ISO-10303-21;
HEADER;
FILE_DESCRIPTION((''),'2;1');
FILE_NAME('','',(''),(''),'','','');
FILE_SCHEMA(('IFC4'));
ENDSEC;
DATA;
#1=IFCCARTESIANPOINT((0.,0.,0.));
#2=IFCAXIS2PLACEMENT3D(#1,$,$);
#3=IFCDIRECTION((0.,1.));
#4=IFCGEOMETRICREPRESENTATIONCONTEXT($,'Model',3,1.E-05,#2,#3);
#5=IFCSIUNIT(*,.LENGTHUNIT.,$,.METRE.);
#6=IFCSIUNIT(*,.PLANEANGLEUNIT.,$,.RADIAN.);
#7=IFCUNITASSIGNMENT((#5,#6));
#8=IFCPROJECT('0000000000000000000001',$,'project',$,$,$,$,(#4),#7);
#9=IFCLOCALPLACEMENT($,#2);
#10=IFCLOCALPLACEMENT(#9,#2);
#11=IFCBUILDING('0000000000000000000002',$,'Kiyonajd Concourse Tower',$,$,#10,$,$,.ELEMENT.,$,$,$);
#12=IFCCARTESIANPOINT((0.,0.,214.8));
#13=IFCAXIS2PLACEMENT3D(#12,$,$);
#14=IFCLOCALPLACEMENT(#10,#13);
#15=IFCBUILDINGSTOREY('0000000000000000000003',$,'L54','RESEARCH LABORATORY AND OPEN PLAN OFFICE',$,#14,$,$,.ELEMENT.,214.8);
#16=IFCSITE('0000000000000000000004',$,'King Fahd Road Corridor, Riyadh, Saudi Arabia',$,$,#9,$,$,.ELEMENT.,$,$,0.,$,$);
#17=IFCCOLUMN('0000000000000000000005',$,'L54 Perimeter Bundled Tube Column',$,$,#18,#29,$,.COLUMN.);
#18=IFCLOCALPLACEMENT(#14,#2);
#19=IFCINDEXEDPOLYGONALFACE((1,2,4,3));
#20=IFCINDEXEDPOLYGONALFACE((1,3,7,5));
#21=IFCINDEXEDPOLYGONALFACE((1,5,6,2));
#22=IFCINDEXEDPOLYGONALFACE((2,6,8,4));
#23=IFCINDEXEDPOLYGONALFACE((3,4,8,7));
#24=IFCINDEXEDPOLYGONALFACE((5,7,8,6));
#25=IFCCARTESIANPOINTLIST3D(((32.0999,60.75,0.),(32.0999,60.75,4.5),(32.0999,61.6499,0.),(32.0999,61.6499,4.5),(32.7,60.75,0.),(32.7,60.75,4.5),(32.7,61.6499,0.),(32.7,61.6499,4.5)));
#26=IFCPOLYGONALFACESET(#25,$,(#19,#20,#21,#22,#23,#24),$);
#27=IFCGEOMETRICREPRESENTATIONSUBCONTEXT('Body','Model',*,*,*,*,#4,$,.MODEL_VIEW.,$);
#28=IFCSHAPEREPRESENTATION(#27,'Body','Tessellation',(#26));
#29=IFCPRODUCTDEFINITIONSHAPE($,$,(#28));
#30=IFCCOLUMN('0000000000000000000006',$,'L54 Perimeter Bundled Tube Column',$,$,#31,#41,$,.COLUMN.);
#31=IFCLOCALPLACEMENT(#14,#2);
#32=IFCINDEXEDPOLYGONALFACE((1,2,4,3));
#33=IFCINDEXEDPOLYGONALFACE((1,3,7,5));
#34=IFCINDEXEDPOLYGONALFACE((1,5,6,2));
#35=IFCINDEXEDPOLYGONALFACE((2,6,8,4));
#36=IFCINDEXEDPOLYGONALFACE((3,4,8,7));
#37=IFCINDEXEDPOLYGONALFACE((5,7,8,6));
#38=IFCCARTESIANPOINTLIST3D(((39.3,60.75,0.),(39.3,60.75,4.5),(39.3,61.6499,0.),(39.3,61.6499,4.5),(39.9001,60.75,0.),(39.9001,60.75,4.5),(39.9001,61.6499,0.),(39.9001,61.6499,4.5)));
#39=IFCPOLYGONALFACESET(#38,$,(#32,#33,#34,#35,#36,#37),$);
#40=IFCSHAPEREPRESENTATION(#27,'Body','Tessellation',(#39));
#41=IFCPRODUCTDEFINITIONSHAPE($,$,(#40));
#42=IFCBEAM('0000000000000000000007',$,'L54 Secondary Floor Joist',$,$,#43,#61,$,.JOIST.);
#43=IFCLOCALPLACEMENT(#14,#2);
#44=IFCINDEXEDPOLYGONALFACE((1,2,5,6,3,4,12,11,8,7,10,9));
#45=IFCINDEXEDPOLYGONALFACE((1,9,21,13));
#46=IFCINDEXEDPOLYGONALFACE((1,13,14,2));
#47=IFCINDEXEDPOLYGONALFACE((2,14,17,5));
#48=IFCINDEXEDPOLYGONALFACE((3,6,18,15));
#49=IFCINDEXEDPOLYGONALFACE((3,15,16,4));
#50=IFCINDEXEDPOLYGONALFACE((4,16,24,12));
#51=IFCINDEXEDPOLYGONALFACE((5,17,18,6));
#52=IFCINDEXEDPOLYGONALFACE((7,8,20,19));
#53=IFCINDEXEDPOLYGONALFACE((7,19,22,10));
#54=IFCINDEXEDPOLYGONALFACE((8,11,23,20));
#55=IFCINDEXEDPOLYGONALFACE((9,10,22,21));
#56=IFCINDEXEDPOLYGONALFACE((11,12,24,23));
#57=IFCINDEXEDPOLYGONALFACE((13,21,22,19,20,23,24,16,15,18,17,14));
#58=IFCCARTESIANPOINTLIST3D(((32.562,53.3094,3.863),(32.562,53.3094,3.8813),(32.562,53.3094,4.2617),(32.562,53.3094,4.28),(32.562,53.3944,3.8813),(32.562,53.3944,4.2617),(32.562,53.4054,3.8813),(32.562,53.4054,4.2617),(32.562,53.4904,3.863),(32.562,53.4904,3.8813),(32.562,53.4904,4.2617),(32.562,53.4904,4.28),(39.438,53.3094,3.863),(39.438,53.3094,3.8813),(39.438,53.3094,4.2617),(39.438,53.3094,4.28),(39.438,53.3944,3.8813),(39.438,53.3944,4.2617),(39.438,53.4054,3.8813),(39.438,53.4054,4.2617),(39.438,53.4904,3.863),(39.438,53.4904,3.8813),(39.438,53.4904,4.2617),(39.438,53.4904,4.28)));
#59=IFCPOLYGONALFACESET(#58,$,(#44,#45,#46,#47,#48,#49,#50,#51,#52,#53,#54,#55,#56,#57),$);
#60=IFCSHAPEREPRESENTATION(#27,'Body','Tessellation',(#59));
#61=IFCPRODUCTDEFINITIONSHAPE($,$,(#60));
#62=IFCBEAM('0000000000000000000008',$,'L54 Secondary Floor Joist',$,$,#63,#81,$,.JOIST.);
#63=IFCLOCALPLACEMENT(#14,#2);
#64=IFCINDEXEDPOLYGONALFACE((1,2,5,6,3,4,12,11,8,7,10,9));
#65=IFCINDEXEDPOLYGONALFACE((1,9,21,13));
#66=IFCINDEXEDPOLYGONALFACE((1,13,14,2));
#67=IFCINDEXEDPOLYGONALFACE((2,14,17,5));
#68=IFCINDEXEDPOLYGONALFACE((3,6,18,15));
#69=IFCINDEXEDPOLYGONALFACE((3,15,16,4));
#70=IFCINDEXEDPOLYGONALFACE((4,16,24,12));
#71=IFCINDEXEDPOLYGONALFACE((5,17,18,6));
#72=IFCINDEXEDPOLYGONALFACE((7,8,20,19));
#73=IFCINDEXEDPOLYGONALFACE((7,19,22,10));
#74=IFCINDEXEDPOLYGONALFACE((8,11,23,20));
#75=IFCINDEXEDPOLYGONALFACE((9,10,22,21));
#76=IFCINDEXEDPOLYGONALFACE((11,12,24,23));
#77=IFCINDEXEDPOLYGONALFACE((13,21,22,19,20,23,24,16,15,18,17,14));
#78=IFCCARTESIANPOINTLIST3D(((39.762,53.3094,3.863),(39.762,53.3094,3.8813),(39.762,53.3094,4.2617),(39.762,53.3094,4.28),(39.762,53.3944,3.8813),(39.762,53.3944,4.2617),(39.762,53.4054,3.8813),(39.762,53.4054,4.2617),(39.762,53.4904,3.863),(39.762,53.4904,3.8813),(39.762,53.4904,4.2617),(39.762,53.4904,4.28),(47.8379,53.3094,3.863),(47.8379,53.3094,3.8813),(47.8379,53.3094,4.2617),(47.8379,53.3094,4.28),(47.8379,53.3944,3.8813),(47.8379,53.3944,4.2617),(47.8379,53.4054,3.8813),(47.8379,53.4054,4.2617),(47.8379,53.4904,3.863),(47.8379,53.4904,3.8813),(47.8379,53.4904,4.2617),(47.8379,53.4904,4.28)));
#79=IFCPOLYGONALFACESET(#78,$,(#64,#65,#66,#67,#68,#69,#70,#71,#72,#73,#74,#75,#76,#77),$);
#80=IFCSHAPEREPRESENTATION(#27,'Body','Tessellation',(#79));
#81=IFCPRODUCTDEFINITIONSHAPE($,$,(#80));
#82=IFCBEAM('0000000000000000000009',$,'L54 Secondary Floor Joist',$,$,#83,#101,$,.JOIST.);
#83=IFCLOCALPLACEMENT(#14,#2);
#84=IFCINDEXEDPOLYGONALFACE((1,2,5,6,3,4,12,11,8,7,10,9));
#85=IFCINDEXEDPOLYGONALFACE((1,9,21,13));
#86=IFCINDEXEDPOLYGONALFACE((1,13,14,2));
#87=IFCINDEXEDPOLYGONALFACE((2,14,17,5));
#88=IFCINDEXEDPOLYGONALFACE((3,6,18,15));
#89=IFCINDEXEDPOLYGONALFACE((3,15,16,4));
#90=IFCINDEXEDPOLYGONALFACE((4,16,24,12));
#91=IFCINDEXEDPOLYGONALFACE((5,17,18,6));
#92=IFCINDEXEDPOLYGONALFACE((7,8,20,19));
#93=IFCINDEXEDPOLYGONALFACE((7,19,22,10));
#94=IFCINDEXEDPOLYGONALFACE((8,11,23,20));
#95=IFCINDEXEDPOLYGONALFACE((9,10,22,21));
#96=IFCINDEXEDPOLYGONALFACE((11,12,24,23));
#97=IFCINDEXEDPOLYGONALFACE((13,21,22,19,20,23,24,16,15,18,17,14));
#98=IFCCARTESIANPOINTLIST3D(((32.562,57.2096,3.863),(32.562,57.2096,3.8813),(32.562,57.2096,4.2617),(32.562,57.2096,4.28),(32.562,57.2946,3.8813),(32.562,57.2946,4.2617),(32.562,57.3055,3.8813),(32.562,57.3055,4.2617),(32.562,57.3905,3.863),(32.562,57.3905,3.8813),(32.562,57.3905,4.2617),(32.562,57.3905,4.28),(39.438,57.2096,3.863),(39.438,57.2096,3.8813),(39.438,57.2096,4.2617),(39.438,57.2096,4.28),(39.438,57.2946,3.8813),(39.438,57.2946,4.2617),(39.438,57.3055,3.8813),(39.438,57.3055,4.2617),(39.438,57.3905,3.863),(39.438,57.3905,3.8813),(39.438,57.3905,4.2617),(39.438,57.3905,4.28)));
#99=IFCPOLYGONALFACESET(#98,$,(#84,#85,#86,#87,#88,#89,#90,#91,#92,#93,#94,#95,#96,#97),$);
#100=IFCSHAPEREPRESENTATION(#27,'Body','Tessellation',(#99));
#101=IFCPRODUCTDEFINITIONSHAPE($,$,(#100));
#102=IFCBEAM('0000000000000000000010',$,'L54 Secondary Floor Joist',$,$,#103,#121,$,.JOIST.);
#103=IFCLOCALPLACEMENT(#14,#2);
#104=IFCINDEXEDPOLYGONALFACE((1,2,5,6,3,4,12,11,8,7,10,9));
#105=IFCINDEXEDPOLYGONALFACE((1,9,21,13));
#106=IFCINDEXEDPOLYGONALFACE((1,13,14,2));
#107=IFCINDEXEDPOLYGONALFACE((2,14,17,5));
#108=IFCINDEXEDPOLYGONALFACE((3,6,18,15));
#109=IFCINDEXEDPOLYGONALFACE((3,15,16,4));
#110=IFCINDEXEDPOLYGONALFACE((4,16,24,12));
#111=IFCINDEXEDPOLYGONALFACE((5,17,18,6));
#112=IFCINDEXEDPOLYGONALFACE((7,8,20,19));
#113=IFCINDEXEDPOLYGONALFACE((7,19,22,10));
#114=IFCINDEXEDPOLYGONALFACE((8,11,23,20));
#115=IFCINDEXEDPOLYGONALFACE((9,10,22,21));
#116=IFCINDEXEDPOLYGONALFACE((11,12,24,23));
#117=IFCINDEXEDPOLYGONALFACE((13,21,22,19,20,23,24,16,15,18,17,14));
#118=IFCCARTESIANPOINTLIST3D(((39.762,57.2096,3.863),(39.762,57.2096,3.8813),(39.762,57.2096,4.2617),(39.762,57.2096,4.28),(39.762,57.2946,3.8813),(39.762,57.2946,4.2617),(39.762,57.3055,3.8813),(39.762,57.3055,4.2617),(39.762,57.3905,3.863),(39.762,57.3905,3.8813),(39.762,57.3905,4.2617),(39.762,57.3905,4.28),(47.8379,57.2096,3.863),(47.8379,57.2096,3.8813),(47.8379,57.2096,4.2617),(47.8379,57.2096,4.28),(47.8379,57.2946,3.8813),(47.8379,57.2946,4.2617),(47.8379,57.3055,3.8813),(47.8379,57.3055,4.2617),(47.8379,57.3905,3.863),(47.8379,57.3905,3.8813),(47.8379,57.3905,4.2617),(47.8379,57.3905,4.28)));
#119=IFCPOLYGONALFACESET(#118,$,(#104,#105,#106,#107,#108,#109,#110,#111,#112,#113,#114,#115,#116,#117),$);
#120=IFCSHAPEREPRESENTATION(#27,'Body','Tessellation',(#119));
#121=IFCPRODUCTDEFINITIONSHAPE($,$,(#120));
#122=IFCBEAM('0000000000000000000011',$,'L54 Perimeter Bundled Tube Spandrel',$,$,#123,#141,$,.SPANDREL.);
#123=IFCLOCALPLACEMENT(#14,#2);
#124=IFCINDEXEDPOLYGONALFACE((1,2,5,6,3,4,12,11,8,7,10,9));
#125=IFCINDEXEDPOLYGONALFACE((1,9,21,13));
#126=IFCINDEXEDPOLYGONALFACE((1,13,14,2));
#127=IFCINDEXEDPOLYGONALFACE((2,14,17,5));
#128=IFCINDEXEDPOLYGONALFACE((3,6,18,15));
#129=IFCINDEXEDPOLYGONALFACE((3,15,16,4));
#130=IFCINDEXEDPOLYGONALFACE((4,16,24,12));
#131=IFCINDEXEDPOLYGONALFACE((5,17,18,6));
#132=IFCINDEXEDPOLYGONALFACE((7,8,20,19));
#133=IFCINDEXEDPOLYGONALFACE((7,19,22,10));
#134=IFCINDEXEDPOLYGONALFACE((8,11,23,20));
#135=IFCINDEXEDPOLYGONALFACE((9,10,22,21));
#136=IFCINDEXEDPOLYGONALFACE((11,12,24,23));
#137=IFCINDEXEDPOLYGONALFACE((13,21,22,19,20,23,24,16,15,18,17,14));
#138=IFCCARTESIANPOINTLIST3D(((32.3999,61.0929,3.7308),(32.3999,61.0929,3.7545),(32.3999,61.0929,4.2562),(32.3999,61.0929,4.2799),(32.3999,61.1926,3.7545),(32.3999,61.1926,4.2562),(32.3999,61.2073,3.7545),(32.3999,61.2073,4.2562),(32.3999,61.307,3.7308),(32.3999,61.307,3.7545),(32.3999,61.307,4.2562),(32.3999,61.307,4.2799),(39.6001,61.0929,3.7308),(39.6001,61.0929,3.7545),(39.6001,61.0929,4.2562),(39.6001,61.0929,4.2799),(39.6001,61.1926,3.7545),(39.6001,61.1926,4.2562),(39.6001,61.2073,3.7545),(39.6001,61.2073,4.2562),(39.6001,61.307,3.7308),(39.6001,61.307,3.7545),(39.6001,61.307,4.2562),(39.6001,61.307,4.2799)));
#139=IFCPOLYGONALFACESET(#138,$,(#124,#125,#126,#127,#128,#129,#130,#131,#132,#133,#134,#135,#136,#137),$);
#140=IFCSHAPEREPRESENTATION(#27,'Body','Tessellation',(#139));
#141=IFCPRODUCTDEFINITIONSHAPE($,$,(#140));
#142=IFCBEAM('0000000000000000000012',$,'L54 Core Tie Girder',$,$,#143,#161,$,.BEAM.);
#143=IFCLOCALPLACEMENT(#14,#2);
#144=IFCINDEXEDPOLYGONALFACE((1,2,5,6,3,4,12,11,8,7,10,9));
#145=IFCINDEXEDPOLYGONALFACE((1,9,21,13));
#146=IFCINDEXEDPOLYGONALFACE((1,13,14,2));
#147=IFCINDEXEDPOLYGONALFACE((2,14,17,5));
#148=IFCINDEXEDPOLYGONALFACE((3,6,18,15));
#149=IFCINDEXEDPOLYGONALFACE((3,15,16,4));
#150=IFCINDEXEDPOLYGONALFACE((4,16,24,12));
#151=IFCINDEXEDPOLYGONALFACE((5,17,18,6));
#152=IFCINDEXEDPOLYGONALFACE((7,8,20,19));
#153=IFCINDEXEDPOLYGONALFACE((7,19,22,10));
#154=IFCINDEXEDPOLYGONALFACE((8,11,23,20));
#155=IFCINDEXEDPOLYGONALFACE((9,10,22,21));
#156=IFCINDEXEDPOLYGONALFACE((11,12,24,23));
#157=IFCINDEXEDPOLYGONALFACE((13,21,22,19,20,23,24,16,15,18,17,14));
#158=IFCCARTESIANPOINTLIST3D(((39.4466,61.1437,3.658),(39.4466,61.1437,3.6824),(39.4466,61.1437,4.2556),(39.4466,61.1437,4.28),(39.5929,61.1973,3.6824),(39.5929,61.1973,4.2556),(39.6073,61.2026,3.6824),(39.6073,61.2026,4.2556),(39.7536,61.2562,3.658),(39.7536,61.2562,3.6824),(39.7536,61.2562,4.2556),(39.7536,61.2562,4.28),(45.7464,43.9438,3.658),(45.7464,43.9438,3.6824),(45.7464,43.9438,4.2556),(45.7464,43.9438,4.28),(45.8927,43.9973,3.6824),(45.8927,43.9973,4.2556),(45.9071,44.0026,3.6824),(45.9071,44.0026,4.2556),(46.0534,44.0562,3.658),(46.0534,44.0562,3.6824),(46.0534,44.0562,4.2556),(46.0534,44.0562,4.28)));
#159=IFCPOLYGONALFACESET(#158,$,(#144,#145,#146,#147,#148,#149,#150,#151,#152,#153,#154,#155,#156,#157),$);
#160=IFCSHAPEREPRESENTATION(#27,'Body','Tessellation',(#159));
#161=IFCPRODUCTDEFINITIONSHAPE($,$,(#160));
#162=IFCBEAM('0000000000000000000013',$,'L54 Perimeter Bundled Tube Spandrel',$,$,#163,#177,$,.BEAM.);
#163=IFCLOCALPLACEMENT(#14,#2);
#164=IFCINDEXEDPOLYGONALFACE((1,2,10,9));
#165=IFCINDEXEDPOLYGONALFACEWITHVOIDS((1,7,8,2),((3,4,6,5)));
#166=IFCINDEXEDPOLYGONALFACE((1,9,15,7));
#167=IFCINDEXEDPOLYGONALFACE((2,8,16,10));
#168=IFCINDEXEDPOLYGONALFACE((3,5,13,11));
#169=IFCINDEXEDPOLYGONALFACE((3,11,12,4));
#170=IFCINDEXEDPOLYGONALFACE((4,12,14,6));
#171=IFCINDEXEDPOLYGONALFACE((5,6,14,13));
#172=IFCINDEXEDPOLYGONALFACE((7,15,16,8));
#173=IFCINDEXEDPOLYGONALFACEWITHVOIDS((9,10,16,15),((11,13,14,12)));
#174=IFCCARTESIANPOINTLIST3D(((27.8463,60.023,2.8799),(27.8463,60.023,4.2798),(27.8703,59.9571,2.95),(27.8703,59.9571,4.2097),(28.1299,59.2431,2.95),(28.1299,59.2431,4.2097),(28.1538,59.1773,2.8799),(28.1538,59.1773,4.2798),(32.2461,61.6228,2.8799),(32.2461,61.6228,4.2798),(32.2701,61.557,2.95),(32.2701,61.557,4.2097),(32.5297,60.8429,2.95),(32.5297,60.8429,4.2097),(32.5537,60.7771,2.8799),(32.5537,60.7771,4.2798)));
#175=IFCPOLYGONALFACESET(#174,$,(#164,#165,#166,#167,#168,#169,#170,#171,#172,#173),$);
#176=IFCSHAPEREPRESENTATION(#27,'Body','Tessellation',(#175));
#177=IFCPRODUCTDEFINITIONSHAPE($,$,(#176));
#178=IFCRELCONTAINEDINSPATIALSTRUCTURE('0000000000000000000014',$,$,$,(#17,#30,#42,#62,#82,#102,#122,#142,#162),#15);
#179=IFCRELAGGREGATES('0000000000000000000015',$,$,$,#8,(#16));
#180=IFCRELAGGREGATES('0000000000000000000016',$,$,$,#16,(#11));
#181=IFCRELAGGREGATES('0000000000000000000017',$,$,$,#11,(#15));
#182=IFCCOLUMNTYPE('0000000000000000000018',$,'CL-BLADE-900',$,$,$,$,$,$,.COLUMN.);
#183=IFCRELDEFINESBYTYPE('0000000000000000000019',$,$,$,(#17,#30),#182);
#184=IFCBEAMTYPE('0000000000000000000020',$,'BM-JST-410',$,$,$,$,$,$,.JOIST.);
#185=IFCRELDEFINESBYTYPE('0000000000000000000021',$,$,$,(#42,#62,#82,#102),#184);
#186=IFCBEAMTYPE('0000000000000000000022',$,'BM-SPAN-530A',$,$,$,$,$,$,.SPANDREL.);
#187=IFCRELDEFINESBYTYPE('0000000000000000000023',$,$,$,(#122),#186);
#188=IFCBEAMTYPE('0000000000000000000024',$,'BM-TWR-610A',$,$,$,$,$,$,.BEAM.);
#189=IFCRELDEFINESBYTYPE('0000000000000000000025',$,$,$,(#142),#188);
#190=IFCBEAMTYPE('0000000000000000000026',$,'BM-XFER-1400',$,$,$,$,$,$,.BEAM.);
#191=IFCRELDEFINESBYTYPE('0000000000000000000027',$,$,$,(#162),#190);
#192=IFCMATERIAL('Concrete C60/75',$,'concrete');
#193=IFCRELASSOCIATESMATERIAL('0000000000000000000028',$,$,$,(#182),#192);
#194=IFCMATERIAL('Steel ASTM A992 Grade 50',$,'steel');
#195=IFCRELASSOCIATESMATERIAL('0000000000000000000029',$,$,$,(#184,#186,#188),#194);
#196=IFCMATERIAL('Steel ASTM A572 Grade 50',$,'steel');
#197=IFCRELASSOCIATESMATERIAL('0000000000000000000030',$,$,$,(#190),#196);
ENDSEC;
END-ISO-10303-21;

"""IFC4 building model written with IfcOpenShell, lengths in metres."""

from ifc_helpers import new_model, si_unit, direction, frame, origin, origin_2d, place, context, subcontext, project, spatial, rectangle, hollow_rectangle, i_section, extrude, material, material_profile, profile_set, type_object, element, save


model = new_model("IFC4")

# Units and contexts
model_context = context("Model", 3, precision=1e-05, world=origin(), true_north=direction((0.0, 1.0)))
body_context = subcontext(model_context, "Body", "Model", "MODEL_VIEW")
ifc_project = project(units=[si_unit("LENGTHUNIT", "METRE"), si_unit("PLANEANGLEUNIT", "RADIAN")], contexts=[model_context])

# Site, building, storey
site_placement = place(None, origin())
site = spatial("IfcSite", under=ifc_project, at=site_placement, Name="King Fahd Road Corridor, Riyadh, Saudi Arabia", CompositionType="ELEMENT", RefElevation=0.0)
building_placement = place(site_placement, origin())
building = spatial("IfcBuilding", under=site, at=building_placement, Name="Kiyonajd Concourse Tower", CompositionType="ELEMENT")
storey_placement = place(building_placement, frame((0.0, 0.0, 214.8)))
storey = spatial("IfcBuildingStorey", under=building, at=storey_placement, Name="L54", Description="RESEARCH LABORATORY AND OPEN PLAN OFFICE", CompositionType="ELEMENT", Elevation=214.8)

# Columns
ifc_material_1 = material(Name="Concrete C60/75", Category="concrete")
ifc_material_profile_1 = material_profile(ifc_material_1, rectangle(XDim=0.6001, YDim=0.8999, at=origin_2d()), Name="RC-900x600")
ifc_profile_set_1 = profile_set([ifc_material_profile_1], Name="Concrete C60/75")
column_type = type_object("IfcColumnType", Name="CL-BLADE-900", PredefinedType="COLUMN", material=ifc_profile_set_1)
for number, where, z_axis, x_axis, name in (
    (1, (32.3999, 61.2, 0.0), (0.0, 0.0, 1.0), (1.0, 0.0, 0.0), "L54 Perimeter Bundled Tube Column"),
    (2, (39.6001, 61.2, 0.0), (0.0, 0.0, 1.0), (1.0, 0.0, 0.0), "L54 Perimeter Bundled Tube Column"),
):
    element("IfcColumn", number, at=place(storey_placement, frame(where, z_axis=z_axis, x_axis=x_axis)), inside=storey, type_object=column_type, Name=name, PredefinedType="COLUMN", context=body_context, shape_type="SweptSolid", body=[
        extrude(rectangle(XDim=0.6001, YDim=0.8999, at=origin_2d()), origin(), (0.0, 0.0, 1.0), 4.5),
    ])

# Beams
ifc_material_2 = material(Name="Steel ASTM A992 Grade 50", Category="steel")
ifc_material_profile_2 = material_profile(ifc_material_2, i_section(OverallWidth=0.1809, OverallDepth=0.417, WebThickness=0.011, FlangeThickness=0.0183, at=origin_2d()), Name="W410X85")
ifc_profile_set_2 = profile_set([ifc_material_profile_2], Name="Steel ASTM A992 Grade 50")
beam_type_1 = type_object("IfcBeamType", Name="BM-JST-410", PredefinedType="JOIST", material=ifc_profile_set_2)
beam_1_placement = place(storey_placement, frame((32.562, 53.3999, 4.0715), z_axis=(1.0, 0.0, 0.0), x_axis=(0.0, 1.0, 0.0)))
element("IfcBeam", 3, at=beam_1_placement, inside=storey, type_object=beam_type_1, Name="L54 Secondary Floor Joist", PredefinedType="JOIST", context=body_context, shape_type="SweptSolid", body=[
    extrude(i_section(OverallWidth=0.1809, OverallDepth=0.417, WebThickness=0.011, FlangeThickness=0.0183, at=origin_2d()), origin(), (0.0, 0.0, 1.0), 6.876),
])
beam_2_placement = place(storey_placement, frame((39.762, 53.3999, 4.0715), z_axis=(1.0, 0.0, 0.0), x_axis=(0.0, 1.0, 0.0)))
element("IfcBeam", 4, at=beam_2_placement, inside=storey, type_object=beam_type_1, Name="L54 Secondary Floor Joist", PredefinedType="JOIST", context=body_context, shape_type="SweptSolid", body=[
    extrude(i_section(OverallWidth=0.1809, OverallDepth=0.417, WebThickness=0.011, FlangeThickness=0.0183, at=origin_2d()), origin(), (0.0, 0.0, 1.0), 8.0759),
])
beam_3_placement = place(storey_placement, frame((32.562, 57.3, 4.0715), z_axis=(1.0, 0.0, 0.0), x_axis=(0.0, 1.0, 0.0)))
element("IfcBeam", 5, at=beam_3_placement, inside=storey, type_object=beam_type_1, Name="L54 Secondary Floor Joist", PredefinedType="JOIST", context=body_context, shape_type="SweptSolid", body=[
    extrude(i_section(OverallWidth=0.1809, OverallDepth=0.417, WebThickness=0.011, FlangeThickness=0.0183, at=origin_2d()), origin(), (0.0, 0.0, 1.0), 6.876),
])
beam_4_placement = place(storey_placement, frame((39.762, 57.3, 4.0715), z_axis=(1.0, 0.0, 0.0), x_axis=(0.0, 1.0, 0.0)))
element("IfcBeam", 6, at=beam_4_placement, inside=storey, type_object=beam_type_1, Name="L54 Secondary Floor Joist", PredefinedType="JOIST", context=body_context, shape_type="SweptSolid", body=[
    extrude(i_section(OverallWidth=0.1809, OverallDepth=0.417, WebThickness=0.011, FlangeThickness=0.0183, at=origin_2d()), origin(), (0.0, 0.0, 1.0), 8.0759),
])
ifc_material_profile_3 = material_profile(ifc_material_2, i_section(OverallWidth=0.2141, OverallDepth=0.5491, WebThickness=0.0146, FlangeThickness=0.0237, at=origin_2d()), Name="W530X138")
ifc_profile_set_3 = profile_set([ifc_material_profile_3], Name="Steel ASTM A992 Grade 50")
beam_type_2 = type_object("IfcBeamType", Name="BM-SPAN-530A", PredefinedType="SPANDREL", material=ifc_profile_set_3)
beam_5_placement = place(storey_placement, frame((39.6001, 61.2, 4.0054), z_axis=(-1.0, 0.0, 0.0), x_axis=(0.0, -1.0, 0.0)))
element("IfcBeam", 7, at=beam_5_placement, inside=storey, type_object=beam_type_2, Name="L54 Perimeter Bundled Tube Spandrel", PredefinedType="SPANDREL", context=body_context, shape_type="SweptSolid", body=[
    extrude(i_section(OverallWidth=0.2141, OverallDepth=0.5491, WebThickness=0.0146, FlangeThickness=0.0237, at=origin_2d()), origin(), (0.0, 0.0, 1.0), 7.2002),
])
ifc_material_profile_4 = material_profile(ifc_material_2, i_section(OverallWidth=0.3269, OverallDepth=0.6221, WebThickness=0.0154, FlangeThickness=0.0244, at=origin_2d()), Name="W610X195")
ifc_profile_set_4 = profile_set([ifc_material_profile_4], Name="Steel ASTM A992 Grade 50")
beam_type_3 = type_object("IfcBeamType", Name="BM-TWR-610A", PredefinedType="BEAM", material=ifc_profile_set_4)
beam_6_placement = place(storey_placement, frame((39.6001, 61.2, 3.969), z_axis=(0.343925, -0.938997, 0.0), x_axis=(0.938997, 0.343925, 0.0)))
element("IfcBeam", 8, at=beam_6_placement, inside=storey, type_object=beam_type_3, Name="L54 Core Tie Girder", PredefinedType="BEAM", context=body_context, shape_type="SweptSolid", body=[
    extrude(i_section(OverallWidth=0.3269, OverallDepth=0.6221, WebThickness=0.0154, FlangeThickness=0.0244, at=origin_2d()), origin(), (0.0, 0.0, 1.0), 18.3174),
])
ifc_material_3 = material(Name="Steel ASTM A572 Grade 50", Category="steel")
ifc_material_profile_5 = material_profile(ifc_material_3, hollow_rectangle(XDim=0.8999, YDim=1.3999, WallThickness=0.0701, at=origin_2d()), Name="BOX-1400x900x70")
ifc_profile_set_5 = profile_set([ifc_material_profile_5], Name="Steel ASTM A572 Grade 50")
beam_type_4 = type_object("IfcBeamType", Name="BM-XFER-1400", PredefinedType="BEAM", material=ifc_profile_set_5)
beam_7_placement = place(storey_placement, frame((32.3999, 61.2, 3.5798), z_axis=(-0.939801, -0.341722, 0.0), x_axis=(0.341722, -0.939801, 0.0)))
element("IfcBeam", 9, at=beam_7_placement, inside=storey, type_object=beam_type_4, Name="L54 Perimeter Bundled Tube Spandrel", PredefinedType="BEAM", context=body_context, shape_type="SweptSolid", body=[
    extrude(hollow_rectangle(XDim=0.8999, YDim=1.3999, WallThickness=0.0701, at=origin_2d()), origin(), (0.0, 0.0, 1.0), 4.6816),
])

save(model, "model.ifc")
